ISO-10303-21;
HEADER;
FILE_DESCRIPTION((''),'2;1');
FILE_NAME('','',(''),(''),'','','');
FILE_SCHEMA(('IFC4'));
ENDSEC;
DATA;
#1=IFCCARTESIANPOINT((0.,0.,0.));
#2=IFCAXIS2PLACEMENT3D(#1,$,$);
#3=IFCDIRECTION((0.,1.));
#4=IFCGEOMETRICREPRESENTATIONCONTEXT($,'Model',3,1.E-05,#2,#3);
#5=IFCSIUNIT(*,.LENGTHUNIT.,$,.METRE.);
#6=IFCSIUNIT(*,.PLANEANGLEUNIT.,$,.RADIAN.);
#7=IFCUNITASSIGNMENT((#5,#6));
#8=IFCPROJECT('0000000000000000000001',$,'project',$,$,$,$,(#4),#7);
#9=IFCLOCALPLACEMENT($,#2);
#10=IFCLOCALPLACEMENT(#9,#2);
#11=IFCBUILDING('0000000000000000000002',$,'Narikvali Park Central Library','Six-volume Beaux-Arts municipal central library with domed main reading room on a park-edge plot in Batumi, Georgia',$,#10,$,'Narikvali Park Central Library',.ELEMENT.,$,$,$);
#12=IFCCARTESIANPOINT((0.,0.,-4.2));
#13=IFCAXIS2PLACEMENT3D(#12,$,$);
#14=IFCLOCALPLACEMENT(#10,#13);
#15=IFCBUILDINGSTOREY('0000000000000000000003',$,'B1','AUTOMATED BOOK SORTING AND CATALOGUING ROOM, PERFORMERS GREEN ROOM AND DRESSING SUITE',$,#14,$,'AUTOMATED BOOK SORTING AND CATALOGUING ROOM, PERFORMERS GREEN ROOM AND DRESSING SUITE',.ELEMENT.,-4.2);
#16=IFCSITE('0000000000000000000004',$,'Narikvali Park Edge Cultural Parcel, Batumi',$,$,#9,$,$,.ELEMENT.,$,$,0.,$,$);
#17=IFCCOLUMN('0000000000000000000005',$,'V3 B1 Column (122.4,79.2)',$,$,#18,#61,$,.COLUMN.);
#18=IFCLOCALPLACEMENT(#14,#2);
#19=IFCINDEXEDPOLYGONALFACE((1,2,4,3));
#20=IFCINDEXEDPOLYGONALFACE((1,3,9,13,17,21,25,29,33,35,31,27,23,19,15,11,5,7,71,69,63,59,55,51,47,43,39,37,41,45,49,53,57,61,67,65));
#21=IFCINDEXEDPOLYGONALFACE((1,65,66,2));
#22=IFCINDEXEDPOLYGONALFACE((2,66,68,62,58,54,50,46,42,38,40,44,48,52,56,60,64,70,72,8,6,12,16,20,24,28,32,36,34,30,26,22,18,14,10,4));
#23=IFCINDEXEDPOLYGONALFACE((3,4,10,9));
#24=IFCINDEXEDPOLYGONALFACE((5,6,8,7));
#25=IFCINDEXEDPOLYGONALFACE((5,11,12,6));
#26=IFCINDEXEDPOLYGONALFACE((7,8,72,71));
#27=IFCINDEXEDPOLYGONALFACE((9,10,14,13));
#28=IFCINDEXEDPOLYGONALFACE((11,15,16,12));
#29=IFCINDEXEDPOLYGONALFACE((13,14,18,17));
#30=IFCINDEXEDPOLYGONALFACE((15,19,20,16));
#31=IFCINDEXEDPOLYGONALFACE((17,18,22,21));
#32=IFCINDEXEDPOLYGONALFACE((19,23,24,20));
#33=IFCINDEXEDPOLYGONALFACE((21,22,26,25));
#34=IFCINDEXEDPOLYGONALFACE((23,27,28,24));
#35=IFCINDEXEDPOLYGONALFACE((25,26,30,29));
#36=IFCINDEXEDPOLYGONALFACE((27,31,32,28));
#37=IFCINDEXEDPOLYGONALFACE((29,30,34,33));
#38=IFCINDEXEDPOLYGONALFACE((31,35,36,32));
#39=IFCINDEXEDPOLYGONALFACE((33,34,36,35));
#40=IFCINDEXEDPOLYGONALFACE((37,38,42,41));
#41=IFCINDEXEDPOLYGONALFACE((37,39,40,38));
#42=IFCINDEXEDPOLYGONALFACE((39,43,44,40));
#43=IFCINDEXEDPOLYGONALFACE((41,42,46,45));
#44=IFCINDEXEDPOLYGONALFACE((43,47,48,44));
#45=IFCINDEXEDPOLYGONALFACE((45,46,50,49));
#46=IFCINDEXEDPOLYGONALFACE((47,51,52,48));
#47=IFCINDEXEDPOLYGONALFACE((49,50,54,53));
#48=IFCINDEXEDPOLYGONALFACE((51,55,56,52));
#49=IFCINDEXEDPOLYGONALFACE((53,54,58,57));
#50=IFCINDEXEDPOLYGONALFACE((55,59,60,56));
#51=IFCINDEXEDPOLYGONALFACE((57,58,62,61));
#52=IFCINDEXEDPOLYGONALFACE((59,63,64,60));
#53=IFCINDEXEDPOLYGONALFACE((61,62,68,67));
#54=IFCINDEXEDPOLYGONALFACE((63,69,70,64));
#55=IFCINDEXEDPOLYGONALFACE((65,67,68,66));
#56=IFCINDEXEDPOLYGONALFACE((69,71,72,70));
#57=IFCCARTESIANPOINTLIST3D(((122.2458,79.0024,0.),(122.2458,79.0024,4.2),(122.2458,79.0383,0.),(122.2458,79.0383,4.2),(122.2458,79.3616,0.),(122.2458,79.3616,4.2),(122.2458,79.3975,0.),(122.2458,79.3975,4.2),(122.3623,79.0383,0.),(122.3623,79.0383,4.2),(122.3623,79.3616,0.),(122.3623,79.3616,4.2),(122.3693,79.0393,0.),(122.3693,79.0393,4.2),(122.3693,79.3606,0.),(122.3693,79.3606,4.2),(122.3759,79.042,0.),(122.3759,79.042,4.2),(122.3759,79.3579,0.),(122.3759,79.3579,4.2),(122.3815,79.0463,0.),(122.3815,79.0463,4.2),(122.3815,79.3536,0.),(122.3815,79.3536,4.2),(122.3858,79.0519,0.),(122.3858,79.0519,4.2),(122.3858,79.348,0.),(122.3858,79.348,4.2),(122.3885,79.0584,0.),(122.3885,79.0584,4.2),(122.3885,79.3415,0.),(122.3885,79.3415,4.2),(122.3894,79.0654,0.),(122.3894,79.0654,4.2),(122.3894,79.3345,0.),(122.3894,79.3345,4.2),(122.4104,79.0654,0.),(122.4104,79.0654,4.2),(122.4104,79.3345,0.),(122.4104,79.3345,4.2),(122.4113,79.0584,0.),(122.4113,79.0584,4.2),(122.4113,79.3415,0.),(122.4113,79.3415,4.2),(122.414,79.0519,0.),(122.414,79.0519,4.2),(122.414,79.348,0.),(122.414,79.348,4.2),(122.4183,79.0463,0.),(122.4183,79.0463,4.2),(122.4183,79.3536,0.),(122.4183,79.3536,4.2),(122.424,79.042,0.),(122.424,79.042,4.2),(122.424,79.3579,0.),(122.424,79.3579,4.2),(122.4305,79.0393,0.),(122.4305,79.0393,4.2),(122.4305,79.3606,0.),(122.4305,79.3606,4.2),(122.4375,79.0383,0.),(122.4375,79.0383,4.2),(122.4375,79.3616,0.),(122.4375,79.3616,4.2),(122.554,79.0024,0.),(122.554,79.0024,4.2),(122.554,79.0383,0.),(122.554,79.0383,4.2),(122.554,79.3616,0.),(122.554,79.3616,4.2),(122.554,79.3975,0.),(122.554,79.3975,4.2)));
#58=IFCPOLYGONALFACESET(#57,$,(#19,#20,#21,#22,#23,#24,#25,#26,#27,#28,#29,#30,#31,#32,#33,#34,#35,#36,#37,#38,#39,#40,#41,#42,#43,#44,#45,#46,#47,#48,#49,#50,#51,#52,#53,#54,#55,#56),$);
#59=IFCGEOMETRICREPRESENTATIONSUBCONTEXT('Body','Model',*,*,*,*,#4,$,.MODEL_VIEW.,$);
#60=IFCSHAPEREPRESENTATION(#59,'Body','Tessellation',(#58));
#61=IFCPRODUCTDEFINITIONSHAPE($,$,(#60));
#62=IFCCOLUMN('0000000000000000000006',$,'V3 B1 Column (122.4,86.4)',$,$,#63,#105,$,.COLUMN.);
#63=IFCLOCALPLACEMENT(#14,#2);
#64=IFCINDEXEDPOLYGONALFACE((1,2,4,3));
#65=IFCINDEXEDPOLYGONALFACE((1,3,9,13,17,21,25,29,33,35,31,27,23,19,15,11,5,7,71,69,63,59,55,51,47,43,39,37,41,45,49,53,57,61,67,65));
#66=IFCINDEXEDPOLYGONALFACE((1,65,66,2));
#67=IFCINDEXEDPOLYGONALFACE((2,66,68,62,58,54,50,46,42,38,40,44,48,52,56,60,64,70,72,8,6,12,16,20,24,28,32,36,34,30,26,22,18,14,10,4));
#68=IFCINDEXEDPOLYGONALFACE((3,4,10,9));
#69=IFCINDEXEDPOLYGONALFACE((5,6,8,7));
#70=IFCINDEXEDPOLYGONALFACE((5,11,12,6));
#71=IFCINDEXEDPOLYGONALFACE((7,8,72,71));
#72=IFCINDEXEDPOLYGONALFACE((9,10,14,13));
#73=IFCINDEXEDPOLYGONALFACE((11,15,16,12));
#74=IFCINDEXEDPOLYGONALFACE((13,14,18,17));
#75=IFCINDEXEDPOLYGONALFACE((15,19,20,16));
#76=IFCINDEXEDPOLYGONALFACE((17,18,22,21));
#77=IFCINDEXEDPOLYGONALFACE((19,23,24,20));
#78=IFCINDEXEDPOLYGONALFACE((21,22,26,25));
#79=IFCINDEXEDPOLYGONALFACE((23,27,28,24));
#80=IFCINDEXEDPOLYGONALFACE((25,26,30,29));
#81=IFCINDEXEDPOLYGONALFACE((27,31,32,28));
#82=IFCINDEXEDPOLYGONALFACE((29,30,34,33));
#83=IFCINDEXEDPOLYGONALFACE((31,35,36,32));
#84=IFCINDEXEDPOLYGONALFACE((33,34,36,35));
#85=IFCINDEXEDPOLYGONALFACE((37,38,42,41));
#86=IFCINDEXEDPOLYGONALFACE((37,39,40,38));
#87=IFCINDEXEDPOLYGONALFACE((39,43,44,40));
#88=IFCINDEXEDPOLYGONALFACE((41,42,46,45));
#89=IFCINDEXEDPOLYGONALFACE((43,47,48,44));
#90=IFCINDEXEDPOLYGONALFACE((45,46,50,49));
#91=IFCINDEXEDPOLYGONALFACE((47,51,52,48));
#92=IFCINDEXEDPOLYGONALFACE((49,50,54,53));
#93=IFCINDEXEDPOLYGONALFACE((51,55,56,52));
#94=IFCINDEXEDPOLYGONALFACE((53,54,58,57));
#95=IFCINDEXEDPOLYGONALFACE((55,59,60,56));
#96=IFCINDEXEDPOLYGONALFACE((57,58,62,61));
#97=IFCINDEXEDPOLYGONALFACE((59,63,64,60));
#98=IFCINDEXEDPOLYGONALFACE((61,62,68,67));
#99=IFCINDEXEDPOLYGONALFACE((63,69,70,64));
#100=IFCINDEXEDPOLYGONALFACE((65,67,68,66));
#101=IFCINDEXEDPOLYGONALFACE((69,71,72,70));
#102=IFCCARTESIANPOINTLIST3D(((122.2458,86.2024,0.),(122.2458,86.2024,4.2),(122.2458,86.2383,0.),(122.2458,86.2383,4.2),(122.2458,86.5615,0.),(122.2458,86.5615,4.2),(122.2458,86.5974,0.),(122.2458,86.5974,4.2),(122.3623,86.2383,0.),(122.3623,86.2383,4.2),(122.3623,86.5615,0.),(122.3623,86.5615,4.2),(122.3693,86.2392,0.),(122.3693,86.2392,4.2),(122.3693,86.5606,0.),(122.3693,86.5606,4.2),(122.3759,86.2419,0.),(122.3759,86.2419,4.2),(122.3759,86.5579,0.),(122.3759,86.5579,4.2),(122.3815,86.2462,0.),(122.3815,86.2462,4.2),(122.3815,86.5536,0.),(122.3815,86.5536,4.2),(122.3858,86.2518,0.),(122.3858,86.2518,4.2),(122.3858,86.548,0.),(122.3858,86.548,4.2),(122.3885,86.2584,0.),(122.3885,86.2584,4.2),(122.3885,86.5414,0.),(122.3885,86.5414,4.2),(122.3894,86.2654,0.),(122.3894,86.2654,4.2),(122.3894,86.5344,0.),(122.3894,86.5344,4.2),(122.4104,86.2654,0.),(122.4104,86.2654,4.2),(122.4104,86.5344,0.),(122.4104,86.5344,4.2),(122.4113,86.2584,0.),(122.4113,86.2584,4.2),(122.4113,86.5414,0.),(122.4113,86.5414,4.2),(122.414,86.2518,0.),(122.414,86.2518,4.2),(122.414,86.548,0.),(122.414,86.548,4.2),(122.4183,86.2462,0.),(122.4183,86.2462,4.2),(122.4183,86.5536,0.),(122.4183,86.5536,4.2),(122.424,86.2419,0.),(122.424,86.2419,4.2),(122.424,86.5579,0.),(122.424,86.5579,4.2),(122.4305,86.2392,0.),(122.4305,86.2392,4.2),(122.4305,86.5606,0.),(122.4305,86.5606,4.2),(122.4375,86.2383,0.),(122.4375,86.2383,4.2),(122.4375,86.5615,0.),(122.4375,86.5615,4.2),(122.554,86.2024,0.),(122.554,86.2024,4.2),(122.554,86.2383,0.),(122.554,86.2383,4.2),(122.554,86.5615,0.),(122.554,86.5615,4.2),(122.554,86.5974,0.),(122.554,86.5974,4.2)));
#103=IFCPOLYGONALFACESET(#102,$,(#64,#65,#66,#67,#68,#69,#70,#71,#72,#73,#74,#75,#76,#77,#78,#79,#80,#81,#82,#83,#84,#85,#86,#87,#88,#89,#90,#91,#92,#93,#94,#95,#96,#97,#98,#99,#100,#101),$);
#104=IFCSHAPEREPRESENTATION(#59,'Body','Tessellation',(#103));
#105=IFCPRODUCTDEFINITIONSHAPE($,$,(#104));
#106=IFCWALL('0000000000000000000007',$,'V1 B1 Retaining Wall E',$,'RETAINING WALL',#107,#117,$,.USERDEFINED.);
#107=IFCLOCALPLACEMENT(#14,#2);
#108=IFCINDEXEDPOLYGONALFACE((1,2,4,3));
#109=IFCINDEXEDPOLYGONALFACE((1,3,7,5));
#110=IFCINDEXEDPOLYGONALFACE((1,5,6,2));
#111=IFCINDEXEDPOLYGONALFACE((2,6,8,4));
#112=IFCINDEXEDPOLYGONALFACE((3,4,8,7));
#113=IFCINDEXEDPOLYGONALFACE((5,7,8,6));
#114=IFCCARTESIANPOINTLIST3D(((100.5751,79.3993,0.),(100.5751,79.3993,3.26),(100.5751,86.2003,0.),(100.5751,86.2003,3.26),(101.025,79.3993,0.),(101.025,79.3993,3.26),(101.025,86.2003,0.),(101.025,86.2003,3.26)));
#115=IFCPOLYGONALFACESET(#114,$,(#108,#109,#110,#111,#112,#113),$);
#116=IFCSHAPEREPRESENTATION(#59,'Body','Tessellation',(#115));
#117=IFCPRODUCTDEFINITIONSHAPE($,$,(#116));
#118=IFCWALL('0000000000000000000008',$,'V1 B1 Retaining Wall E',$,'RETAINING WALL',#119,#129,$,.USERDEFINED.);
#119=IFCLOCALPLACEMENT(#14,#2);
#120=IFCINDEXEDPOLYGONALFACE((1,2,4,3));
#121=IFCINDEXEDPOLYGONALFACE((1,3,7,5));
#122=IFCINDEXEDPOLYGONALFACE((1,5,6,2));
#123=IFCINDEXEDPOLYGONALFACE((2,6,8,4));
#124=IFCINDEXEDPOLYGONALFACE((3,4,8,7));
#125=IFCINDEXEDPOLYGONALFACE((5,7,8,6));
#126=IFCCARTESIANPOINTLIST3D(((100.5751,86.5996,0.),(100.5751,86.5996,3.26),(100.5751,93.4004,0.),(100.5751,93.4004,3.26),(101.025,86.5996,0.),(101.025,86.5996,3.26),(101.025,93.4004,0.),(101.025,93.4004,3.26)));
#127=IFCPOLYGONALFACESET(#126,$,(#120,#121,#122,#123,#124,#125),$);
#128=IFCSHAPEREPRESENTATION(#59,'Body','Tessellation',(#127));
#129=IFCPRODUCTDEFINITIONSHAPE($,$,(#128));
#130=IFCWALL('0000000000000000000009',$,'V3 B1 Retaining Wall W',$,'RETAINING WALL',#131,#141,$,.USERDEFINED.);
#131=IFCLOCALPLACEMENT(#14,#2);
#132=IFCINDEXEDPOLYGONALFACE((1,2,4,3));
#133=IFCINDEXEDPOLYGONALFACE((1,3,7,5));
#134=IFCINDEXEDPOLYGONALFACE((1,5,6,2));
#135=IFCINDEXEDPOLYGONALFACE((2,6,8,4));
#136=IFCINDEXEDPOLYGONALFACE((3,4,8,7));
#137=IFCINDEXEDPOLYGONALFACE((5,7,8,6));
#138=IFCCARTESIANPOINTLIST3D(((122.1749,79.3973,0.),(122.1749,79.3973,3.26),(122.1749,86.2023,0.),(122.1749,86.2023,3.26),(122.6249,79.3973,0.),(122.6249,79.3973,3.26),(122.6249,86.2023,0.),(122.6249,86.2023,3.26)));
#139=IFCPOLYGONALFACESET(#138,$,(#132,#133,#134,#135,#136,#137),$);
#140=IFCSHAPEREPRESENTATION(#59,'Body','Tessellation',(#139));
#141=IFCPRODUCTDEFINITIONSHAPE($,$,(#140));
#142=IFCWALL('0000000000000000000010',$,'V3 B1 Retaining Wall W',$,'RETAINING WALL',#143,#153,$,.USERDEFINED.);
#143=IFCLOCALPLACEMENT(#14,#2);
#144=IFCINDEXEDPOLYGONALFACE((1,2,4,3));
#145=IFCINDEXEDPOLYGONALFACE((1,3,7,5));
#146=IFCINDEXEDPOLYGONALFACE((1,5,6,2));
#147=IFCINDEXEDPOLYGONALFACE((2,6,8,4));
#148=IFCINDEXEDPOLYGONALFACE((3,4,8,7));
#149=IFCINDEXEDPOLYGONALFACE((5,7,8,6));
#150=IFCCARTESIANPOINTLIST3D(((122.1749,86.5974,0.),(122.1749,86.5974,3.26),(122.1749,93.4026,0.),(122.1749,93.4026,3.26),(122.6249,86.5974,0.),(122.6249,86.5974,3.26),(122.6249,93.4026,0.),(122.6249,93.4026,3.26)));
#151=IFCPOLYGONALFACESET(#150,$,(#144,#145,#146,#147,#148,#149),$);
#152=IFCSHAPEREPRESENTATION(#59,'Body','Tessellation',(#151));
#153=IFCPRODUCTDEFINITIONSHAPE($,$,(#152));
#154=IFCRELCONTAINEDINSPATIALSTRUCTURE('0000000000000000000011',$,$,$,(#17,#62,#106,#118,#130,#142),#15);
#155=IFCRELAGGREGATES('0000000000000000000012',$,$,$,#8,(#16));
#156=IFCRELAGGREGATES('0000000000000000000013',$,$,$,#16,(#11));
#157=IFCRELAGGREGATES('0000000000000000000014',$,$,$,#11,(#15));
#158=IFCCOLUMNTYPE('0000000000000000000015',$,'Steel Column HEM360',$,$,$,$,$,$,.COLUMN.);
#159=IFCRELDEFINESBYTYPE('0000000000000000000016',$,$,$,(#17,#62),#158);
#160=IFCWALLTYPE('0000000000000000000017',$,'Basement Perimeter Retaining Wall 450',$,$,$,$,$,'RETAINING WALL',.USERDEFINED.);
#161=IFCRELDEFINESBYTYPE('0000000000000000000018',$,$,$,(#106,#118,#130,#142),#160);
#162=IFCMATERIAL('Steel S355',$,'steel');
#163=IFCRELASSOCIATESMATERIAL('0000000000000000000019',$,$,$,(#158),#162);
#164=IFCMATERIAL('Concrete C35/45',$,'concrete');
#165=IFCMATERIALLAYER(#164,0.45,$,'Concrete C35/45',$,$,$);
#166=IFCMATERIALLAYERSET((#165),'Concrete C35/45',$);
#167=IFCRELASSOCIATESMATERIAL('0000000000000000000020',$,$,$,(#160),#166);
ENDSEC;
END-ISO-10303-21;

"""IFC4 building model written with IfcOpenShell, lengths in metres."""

from ifc_helpers import new_model, si_unit, direction, frame, frame_2d, origin, origin_2d, place, context, subcontext, project, spatial, rectangle, i_section, extrude, material, layer, layer_set, material_profile, profile_set, type_object, element, save


model = new_model("IFC4")

# Units and contexts
model_context = context("Model", 3, precision=1e-05, world=origin(), true_north=direction((0.0, 1.0)))
body_context = subcontext(model_context, "Body", "Model", "MODEL_VIEW")
ifc_project = project(units=[si_unit("LENGTHUNIT", "METRE"), si_unit("PLANEANGLEUNIT", "RADIAN")], contexts=[model_context])

# Site, building, storey
site_placement = place(None, origin())
site = spatial("IfcSite", under=ifc_project, at=site_placement, Name="Narikvali Park Edge Cultural Parcel, Batumi", CompositionType="ELEMENT", RefElevation=0.0)
building_placement = place(site_placement, origin())
building = spatial("IfcBuilding", under=site, at=building_placement, Name="Narikvali Park Central Library", Description="Six-volume Beaux-Arts municipal central library with domed main reading room on a park-edge plot in Batumi, Georgia", LongName="Narikvali Park Central Library", CompositionType="ELEMENT")
storey_placement = place(building_placement, frame((0.0, 0.0, -4.2)))
storey = spatial("IfcBuildingStorey", under=building, at=storey_placement, Name="B1", Description="AUTOMATED BOOK SORTING AND CATALOGUING ROOM, PERFORMERS GREEN ROOM AND DRESSING SUITE", LongName="AUTOMATED BOOK SORTING AND CATALOGUING ROOM, PERFORMERS GREEN ROOM AND DRESSING SUITE", CompositionType="ELEMENT", Elevation=-4.2)

# Shared definitions
ifc_material_1 = material(Name="Concrete C35/45", Category="concrete")

# Columns
ifc_material_2 = material(Name="Steel S355", Category="steel")
ifc_material_profile_1 = material_profile(ifc_material_2, i_section(OverallWidth=0.3081, OverallDepth=0.395, WebThickness=0.021, FlangeThickness=0.0359, FilletRadius=0.0271, at=origin_2d()), Name="HEM 360")
ifc_profile_set_1 = profile_set([ifc_material_profile_1], Name="Steel S355")
column_type_1 = type_object("IfcColumnType", Name="Steel Column HEM360", PredefinedType="COLUMN", material=ifc_profile_set_1)
for number, where, z_axis, x_axis, name in (
    (1, (122.3999, 79.2, 0.0), (0.0, 0.0, 1.0), (1.0, 0.0, 0.0), "V3 B1 Column (122.4,79.2)"),
    (2, (122.3999, 86.3999, 0.0), (0.0, 0.0, 1.0), (1.0, 0.0, 0.0), "V3 B1 Column (122.4,86.4)"),
):
    element("IfcColumn", number, at=place(storey_placement, frame(where, z_axis=z_axis, x_axis=x_axis)), inside=storey, type_object=column_type_1, Name=name, PredefinedType="COLUMN", context=body_context, shape_type="SweptSolid", body=[
        extrude(i_section(OverallWidth=0.3081, OverallDepth=0.395, WebThickness=0.021, FlangeThickness=0.0359, FilletRadius=0.0271, at=origin_2d()), origin(), (0.0, 0.0, 1.0), 4.2),
    ])

# Walls
ifc_layer_1 = layer(ifc_material_1, 0.45, Name="Concrete C35/45")
ifc_layer_set_1 = layer_set([ifc_layer_1], Name="Concrete C35/45")
wall_type = type_object("IfcWallType", Name="Basement Perimeter Retaining Wall 450", ElementType="RETAINING WALL", PredefinedType="USERDEFINED", material=ifc_layer_set_1)
wall_1_placement = place(storey_placement, frame((100.8, 79.3994, 0.0), z_axis=(0.0, 0.0, 1.0), x_axis=(0.0, 1.0, 0.0)))
element("IfcWall", 3, at=wall_1_placement, inside=storey, type_object=wall_type, Name="V1 B1 Retaining Wall E", ObjectType="RETAINING WALL", PredefinedType="USERDEFINED", context=body_context, shape_type="SweptSolid", body=[
    extrude(rectangle(XDim=6.801, YDim=0.45, at=frame_2d((3.4004, 0.0))), origin(), (0.0, 0.0, 1.0), 3.26),
])
wall_2_placement = place(storey_placement, frame((100.8, 86.5996, 0.0), z_axis=(0.0, 0.0, 1.0), x_axis=(0.0, 1.0, 0.0)))
element("IfcWall", 4, at=wall_2_placement, inside=storey, type_object=wall_type, Name="V1 B1 Retaining Wall E", ObjectType="RETAINING WALL", PredefinedType="USERDEFINED", context=body_context, shape_type="SweptSolid", body=[
    extrude(rectangle(XDim=6.8008, YDim=0.45, at=frame_2d((3.4004, 0.0))), origin(), (0.0, 0.0, 1.0), 3.26),
])
wall_3_placement = place(storey_placement, frame((122.3999, 79.3975, 0.0), z_axis=(0.0, 0.0, 1.0), x_axis=(0.0, 1.0, 0.0)))
element("IfcWall", 5, at=wall_3_placement, inside=storey, type_object=wall_type, Name="V3 B1 Retaining Wall W", ObjectType="RETAINING WALL", PredefinedType="USERDEFINED", context=body_context, shape_type="SweptSolid", body=[
    extrude(rectangle(XDim=6.8049, YDim=0.45, at=frame_2d((3.4023, 0.0))), origin(), (0.0, 0.0, 1.0), 3.26),
])
wall_4_placement = place(storey_placement, frame((122.3999, 86.5974, 0.0), z_axis=(0.0, 0.0, 1.0), x_axis=(0.0, 1.0, 0.0)))
element("IfcWall", 6, at=wall_4_placement, inside=storey, type_object=wall_type, Name="V3 B1 Retaining Wall W", ObjectType="RETAINING WALL", PredefinedType="USERDEFINED", context=body_context, shape_type="SweptSolid", body=[
    extrude(rectangle(XDim=6.8052, YDim=0.45, at=frame_2d((3.4026, 0.0))), origin(), (0.0, 0.0, 1.0), 3.26),
])

save(model, "model.ifc")
